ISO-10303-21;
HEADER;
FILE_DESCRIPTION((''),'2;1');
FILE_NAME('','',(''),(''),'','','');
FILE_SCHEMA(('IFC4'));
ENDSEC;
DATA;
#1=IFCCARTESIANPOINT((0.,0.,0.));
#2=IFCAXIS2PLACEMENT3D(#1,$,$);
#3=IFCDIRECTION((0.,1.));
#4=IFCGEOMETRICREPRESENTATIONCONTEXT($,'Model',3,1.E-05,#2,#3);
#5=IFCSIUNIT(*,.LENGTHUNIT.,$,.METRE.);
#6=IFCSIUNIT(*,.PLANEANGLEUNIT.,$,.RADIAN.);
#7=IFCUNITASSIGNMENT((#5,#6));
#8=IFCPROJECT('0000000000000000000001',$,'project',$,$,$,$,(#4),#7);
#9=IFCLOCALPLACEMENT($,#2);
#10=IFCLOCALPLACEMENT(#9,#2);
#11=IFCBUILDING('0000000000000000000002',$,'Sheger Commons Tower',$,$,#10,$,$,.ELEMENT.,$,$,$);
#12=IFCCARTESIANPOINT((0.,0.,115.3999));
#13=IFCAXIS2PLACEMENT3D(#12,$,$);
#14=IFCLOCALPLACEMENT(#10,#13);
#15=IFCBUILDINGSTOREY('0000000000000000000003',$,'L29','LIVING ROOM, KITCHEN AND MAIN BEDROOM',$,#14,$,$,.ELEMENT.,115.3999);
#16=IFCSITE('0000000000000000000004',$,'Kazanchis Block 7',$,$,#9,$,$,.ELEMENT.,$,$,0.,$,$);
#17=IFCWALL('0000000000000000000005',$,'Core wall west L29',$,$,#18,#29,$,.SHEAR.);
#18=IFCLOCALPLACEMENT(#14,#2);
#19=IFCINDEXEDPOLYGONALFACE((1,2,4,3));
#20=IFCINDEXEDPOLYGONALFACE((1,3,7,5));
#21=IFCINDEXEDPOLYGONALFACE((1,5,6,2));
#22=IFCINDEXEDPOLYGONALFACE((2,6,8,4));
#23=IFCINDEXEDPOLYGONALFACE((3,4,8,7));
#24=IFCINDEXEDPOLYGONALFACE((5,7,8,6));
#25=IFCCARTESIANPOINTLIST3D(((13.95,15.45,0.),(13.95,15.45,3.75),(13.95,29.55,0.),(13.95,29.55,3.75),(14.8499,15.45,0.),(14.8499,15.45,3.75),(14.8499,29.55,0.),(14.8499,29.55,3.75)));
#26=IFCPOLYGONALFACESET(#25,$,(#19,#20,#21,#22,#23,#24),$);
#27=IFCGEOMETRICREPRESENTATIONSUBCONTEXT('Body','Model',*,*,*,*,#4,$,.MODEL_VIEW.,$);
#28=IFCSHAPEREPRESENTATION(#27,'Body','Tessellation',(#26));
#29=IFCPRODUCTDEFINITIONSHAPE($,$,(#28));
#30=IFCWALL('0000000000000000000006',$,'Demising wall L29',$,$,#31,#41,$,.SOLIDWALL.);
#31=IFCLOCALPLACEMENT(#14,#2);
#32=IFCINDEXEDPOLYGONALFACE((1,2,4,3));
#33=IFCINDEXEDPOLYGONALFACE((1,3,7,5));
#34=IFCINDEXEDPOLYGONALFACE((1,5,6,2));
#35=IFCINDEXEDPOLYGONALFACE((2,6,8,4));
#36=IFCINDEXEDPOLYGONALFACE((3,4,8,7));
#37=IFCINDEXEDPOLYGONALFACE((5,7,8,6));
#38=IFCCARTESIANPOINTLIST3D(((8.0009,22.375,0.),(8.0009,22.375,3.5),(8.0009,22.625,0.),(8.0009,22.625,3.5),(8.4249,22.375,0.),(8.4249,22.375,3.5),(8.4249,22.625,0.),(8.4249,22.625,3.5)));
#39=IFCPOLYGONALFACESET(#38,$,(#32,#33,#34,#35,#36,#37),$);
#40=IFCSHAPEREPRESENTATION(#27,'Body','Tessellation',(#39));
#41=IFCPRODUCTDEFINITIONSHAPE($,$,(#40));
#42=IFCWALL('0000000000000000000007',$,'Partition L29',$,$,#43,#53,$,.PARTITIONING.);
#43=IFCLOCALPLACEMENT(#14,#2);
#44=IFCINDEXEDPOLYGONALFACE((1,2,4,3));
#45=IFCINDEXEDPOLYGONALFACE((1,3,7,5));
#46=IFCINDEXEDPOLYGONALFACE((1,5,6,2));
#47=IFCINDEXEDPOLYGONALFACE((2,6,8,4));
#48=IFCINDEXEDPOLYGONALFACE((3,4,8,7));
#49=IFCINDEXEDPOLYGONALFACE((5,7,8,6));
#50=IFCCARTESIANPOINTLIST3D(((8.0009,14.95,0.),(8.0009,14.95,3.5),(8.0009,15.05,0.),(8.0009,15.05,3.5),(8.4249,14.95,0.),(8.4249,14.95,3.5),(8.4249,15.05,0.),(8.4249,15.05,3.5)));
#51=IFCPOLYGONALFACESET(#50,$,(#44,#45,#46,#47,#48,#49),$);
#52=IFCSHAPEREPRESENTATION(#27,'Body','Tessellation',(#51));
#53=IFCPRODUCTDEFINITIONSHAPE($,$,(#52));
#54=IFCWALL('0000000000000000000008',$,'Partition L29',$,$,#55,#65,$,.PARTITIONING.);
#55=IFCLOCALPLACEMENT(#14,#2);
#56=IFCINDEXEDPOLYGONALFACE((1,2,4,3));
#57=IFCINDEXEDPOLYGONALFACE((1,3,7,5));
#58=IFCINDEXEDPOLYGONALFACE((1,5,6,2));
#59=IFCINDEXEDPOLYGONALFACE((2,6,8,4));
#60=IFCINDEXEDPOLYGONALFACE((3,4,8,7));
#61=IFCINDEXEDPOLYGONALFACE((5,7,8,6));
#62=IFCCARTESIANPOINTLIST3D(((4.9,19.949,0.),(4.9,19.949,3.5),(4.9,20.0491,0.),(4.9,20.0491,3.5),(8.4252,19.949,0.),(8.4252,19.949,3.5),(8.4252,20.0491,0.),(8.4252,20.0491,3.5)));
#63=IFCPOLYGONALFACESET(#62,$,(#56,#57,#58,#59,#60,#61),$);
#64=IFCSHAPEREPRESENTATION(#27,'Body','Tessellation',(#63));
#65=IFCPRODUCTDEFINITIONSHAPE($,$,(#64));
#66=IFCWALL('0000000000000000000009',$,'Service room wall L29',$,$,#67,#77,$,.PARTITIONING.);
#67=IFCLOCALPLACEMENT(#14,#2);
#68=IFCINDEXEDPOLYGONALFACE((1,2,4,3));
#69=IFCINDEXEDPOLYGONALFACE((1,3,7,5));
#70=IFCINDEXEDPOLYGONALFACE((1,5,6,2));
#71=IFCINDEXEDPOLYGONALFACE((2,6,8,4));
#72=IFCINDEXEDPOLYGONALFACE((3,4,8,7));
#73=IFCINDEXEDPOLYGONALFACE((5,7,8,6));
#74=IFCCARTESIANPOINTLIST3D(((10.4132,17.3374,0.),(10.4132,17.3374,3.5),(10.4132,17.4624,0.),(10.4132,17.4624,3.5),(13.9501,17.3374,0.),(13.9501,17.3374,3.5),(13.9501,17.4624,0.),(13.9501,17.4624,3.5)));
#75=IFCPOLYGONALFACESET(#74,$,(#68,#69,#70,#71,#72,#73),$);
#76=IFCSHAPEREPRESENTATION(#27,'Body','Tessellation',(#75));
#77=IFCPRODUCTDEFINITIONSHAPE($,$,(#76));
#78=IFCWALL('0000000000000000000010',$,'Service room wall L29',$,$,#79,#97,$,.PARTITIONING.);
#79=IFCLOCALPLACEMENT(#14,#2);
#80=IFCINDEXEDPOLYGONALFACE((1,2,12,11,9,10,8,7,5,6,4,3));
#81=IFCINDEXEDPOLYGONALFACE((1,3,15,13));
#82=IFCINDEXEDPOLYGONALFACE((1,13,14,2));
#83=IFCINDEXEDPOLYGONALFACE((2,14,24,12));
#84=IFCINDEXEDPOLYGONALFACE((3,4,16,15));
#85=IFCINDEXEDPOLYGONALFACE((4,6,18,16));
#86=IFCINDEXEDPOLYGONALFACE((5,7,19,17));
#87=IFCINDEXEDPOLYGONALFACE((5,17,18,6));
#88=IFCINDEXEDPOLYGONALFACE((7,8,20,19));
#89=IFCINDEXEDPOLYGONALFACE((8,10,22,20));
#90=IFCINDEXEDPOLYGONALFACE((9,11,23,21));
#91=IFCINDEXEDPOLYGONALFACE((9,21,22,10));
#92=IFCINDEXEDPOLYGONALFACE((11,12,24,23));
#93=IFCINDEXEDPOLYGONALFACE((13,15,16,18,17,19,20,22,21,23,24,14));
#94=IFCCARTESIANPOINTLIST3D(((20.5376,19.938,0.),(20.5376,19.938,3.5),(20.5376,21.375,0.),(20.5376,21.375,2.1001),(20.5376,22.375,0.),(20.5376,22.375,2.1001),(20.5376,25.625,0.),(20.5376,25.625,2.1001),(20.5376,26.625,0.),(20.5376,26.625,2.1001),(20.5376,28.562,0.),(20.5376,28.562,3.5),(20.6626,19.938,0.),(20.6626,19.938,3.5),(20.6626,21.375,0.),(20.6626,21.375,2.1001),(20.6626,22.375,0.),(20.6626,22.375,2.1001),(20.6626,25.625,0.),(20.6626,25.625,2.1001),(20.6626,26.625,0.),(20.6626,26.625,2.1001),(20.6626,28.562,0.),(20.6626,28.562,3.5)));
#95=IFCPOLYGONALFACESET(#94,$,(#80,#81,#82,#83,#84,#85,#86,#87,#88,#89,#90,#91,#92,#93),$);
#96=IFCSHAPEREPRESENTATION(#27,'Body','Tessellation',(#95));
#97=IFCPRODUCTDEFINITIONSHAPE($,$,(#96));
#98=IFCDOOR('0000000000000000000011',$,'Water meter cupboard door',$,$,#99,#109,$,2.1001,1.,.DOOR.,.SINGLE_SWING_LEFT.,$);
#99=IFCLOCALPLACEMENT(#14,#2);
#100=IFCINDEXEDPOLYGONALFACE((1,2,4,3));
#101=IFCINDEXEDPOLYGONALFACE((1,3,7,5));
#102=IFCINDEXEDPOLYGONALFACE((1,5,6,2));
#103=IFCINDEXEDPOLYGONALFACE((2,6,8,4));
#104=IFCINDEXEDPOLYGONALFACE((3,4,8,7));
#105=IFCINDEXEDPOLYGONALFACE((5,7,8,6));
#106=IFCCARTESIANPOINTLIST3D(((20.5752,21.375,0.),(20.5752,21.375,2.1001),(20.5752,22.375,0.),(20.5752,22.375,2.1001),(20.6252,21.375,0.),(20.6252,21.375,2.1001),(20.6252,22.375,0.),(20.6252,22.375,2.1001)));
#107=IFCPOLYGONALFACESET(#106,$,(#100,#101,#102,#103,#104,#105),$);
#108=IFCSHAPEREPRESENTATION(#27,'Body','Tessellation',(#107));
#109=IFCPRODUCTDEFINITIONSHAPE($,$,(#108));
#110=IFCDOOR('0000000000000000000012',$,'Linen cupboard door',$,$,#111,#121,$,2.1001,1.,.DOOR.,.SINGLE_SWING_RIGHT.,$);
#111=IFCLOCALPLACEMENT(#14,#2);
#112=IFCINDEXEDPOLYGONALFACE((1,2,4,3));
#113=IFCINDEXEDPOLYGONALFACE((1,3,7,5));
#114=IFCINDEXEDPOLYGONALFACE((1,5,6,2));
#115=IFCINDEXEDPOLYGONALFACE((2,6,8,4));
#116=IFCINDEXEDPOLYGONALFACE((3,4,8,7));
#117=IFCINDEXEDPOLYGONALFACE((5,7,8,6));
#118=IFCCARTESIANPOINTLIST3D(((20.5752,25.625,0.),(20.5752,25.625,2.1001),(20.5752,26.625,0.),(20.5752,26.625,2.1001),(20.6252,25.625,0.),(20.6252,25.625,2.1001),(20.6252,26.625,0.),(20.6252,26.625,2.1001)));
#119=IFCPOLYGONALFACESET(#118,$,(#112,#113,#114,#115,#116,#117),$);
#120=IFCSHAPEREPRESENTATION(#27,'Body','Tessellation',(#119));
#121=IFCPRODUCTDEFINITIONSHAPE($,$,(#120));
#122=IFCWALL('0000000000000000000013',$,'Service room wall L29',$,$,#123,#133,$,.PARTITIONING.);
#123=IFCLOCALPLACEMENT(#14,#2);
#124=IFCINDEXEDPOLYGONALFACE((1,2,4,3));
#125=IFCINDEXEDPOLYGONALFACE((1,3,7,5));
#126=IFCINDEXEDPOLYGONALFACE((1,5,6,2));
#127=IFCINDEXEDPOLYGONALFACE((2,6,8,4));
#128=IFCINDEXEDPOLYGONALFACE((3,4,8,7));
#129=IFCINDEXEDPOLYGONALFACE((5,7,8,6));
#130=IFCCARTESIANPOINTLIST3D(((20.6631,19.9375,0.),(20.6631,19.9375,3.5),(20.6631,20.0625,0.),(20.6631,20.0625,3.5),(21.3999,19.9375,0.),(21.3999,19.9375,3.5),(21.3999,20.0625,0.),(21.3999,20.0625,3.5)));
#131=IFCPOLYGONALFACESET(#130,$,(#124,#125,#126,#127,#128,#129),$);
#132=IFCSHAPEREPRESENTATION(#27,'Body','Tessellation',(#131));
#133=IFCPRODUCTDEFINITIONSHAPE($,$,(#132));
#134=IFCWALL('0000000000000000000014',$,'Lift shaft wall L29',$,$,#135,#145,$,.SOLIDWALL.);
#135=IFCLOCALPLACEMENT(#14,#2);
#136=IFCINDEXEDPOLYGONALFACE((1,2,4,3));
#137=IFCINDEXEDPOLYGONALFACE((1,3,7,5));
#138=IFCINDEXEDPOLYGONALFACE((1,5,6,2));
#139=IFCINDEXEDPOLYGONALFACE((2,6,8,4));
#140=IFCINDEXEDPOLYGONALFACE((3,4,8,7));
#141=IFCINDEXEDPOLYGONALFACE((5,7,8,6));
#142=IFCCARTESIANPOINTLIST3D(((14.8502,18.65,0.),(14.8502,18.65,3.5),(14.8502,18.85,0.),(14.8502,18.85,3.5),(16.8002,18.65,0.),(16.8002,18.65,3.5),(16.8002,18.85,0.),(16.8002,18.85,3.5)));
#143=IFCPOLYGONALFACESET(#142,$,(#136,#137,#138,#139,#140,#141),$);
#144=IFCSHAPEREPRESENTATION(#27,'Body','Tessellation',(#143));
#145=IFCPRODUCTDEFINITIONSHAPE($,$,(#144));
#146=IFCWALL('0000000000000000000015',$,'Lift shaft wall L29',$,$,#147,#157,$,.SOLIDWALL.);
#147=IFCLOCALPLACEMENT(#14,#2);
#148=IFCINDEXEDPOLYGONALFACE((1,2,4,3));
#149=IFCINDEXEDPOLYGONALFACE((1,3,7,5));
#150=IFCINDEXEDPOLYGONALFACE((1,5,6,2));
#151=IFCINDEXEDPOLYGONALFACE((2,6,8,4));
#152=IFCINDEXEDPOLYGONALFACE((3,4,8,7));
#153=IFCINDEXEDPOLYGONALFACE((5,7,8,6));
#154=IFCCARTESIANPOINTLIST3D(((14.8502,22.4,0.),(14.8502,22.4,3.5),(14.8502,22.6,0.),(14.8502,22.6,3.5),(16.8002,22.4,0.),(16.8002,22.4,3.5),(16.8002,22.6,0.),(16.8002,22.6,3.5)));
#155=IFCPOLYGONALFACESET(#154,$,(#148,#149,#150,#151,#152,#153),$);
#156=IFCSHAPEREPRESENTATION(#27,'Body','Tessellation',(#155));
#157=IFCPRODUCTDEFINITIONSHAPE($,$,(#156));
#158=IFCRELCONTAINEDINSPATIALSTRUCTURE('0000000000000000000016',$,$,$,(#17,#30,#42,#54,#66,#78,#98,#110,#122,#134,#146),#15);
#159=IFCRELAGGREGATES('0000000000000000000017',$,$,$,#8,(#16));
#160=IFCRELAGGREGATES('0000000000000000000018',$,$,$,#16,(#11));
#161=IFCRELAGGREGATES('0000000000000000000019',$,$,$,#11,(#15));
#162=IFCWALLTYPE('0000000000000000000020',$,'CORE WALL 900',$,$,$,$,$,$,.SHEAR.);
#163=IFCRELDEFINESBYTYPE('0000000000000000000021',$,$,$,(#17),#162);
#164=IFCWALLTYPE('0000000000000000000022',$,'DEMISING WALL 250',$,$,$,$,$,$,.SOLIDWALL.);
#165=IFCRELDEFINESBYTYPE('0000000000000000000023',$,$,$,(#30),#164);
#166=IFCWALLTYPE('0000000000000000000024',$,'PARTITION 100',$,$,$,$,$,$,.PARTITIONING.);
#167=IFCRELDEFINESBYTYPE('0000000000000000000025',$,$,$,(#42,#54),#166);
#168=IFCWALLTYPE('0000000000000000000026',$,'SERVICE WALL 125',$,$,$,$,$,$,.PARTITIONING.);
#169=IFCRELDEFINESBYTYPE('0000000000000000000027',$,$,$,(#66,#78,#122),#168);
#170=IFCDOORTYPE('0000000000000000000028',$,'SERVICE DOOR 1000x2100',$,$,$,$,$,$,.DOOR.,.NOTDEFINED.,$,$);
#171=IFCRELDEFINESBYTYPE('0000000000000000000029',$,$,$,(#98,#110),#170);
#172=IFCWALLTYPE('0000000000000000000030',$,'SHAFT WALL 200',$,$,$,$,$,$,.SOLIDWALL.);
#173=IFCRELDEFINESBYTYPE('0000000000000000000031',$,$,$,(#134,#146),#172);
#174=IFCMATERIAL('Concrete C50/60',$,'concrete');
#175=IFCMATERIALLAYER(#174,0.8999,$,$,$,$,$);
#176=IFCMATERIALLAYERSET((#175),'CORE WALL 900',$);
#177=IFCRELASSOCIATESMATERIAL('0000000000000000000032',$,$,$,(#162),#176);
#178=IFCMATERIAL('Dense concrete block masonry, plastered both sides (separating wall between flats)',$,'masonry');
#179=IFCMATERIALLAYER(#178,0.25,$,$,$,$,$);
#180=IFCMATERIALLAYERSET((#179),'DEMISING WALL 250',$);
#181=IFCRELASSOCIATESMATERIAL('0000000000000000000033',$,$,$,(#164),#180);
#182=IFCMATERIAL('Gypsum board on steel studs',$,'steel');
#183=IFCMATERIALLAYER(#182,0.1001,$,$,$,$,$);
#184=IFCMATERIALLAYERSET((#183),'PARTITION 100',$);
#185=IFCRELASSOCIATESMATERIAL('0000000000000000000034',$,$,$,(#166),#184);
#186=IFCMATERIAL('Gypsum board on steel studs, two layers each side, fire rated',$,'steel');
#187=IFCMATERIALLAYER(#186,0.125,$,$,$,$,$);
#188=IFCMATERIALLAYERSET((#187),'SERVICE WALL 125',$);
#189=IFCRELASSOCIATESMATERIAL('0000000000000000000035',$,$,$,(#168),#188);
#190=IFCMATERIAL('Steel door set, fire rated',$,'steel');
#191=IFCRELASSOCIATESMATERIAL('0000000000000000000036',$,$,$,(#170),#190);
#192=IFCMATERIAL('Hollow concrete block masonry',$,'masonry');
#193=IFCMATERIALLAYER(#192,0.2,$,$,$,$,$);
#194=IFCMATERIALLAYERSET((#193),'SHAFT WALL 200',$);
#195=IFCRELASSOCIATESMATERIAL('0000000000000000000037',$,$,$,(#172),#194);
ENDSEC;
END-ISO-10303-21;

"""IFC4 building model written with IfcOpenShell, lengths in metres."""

from ifc_helpers import new_model, si_unit, direction, frame, frame_2d, origin, place, context, subcontext, project, spatial, rectangle, extrude, material, layer, layer_set, type_object, element, fill, save


model = new_model("IFC4")

# Units and contexts
model_context = context("Model", 3, precision=1e-05, world=origin(), true_north=direction((0.0, 1.0)))
body_context = subcontext(model_context, "Body", "Model", "MODEL_VIEW")
ifc_project = project(units=[si_unit("LENGTHUNIT", "METRE"), si_unit("PLANEANGLEUNIT", "RADIAN")], contexts=[model_context])

# Site, building, storey
site_placement = place(None, origin())
site = spatial("IfcSite", under=ifc_project, at=site_placement, Name="Kazanchis Block 7", CompositionType="ELEMENT", RefElevation=0.0)
building_placement = place(site_placement, origin())
building = spatial("IfcBuilding", under=site, at=building_placement, Name="Sheger Commons Tower", CompositionType="ELEMENT")
storey_placement = place(building_placement, frame((0.0, 0.0, 115.3999)))
storey = spatial("IfcBuildingStorey", under=building, at=storey_placement, Name="L29", Description="LIVING ROOM, KITCHEN AND MAIN BEDROOM", CompositionType="ELEMENT", Elevation=115.3999)

# Shared definitions
ifc_material_1 = material(Name="Concrete C50/60", Category="concrete")
ifc_layer_1 = layer(ifc_material_1, 0.8999)
ifc_layer_set_1 = layer_set([ifc_layer_1], Name="CORE WALL 900")
wall_type_1 = type_object("IfcWallType", Name="CORE WALL 900", PredefinedType="SHEAR", material=ifc_layer_set_1)

# Walls
wall_1_placement = place(storey_placement, frame((14.3999, 15.45, 0.0), z_axis=(0.0, 0.0, 1.0), x_axis=(0.0, 1.0, 0.0)))
element("IfcWall", 1, at=wall_1_placement, inside=storey, type_object=wall_type_1, Name="Core wall west L29", PredefinedType="SHEAR", context=body_context, shape_type="SweptSolid", body=[
    extrude(rectangle(XDim=14.1001, YDim=0.8999, at=frame_2d((7.05, 0.0))), origin(), (0.0, 0.0, 1.0), 3.75),
])
ifc_material_2 = material(Name="Dense concrete block masonry, plastered both sides (separating wall between flats)", Category="masonry")
ifc_layer_2 = layer(ifc_material_2, 0.25)
ifc_layer_set_2 = layer_set([ifc_layer_2], Name="DEMISING WALL 250")
wall_type_2 = type_object("IfcWallType", Name="DEMISING WALL 250", PredefinedType="SOLIDWALL", material=ifc_layer_set_2)
wall_2_placement = place(storey_placement, frame((8.001, 22.5, 0.0), z_axis=(0.0, 0.0, 1.0), x_axis=(1.0, 0.0, 0.0)))
element("IfcWall", 2, at=wall_2_placement, inside=storey, type_object=wall_type_2, Name="Demising wall L29", PredefinedType="SOLIDWALL", context=body_context, shape_type="SweptSolid", body=[
    extrude(rectangle(XDim=0.4241, YDim=0.25, at=frame_2d((0.2119, 0.0))), origin(), (0.0, 0.0, 1.0), 3.5),
])
ifc_material_3 = material(Name="Gypsum board on steel studs", Category="steel")
ifc_layer_3 = layer(ifc_material_3, 0.1001)
ifc_layer_set_3 = layer_set([ifc_layer_3], Name="PARTITION 100")
wall_type_3 = type_object("IfcWallType", Name="PARTITION 100", PredefinedType="PARTITIONING", material=ifc_layer_set_3)
wall_3_placement = place(storey_placement, frame((8.001, 15.0, 0.0), z_axis=(0.0, 0.0, 1.0), x_axis=(1.0, 0.0, 0.0)))
element("IfcWall", 3, at=wall_3_placement, inside=storey, type_object=wall_type_3, Name="Partition L29", PredefinedType="PARTITIONING", context=body_context, shape_type="SweptSolid", body=[
    extrude(rectangle(XDim=0.4241, YDim=0.1001, at=frame_2d((0.2119, 0.0))), origin(), (0.0, 0.0, 1.0), 3.5),
])
wall_4_placement = place(storey_placement, frame((4.8999, 19.999, 0.0), z_axis=(0.0, 0.0, 1.0), x_axis=(1.0, 0.0, 0.0)))
element("IfcWall", 4, at=wall_4_placement, inside=storey, type_object=wall_type_3, Name="Partition L29", PredefinedType="PARTITIONING", context=body_context, shape_type="SweptSolid", body=[
    extrude(rectangle(XDim=3.5251, YDim=0.1001, at=frame_2d((1.7627, 0.0))), origin(), (0.0, 0.0, 1.0), 3.5),
])
ifc_material_4 = material(Name="Gypsum board on steel studs, two layers each side, fire rated", Category="steel")
ifc_layer_4 = layer(ifc_material_4, 0.125)
ifc_layer_set_4 = layer_set([ifc_layer_4], Name="SERVICE WALL 125")
wall_type_4 = type_object("IfcWallType", Name="SERVICE WALL 125", PredefinedType="PARTITIONING", material=ifc_layer_set_4)
wall_5_placement = place(storey_placement, frame((10.4131, 17.3999, 0.0), z_axis=(0.0, 0.0, 1.0), x_axis=(1.0, 0.0, 0.0)))
element("IfcWall", 5, at=wall_5_placement, inside=storey, type_object=wall_type_4, Name="Service room wall L29", PredefinedType="PARTITIONING", context=body_context, shape_type="SweptSolid", body=[
    extrude(rectangle(XDim=3.5369, YDim=0.125, at=frame_2d((1.7686, 0.0))), origin(), (0.0, 0.0, 1.0), 3.5),
])

# Wall, openings, doors
wall_6_placement = place(storey_placement, frame((20.6001, 19.938, 0.0), z_axis=(0.0, 0.0, 1.0), x_axis=(0.0, 1.0, 0.0)))
wall_6 = element("IfcWall", 6, at=wall_6_placement, inside=storey, type_object=wall_type_4, Name="Service room wall L29", PredefinedType="PARTITIONING", context=body_context, shape_type="SweptSolid", body=[
    extrude(rectangle(XDim=8.624, YDim=0.125, at=frame_2d((4.312, 0.0))), origin(), (0.0, 0.0, 1.0), 3.5),
])
opening_1_placement = place(wall_6_placement, frame((1.437, 0.0, 0.0)))
opening_1 = element("IfcOpeningElement", 7, at=opening_1_placement, cuts=wall_6, PredefinedType="OPENING", context=body_context, shape_type="SweptSolid", body=[
    extrude(rectangle(XDim=1.0, YDim=2.1001, at=frame_2d((0.5, 1.05))), frame((0.0, 0.0725, 0.0), z_axis=(0.0, -1.0, 0.0), x_axis=(1.0, 0.0, 0.0)), (0.0, 0.0, 1.0), 0.145),
])
opening_2_placement = place(wall_6_placement, frame((5.687, 0.0, 0.0)))
opening_2 = element("IfcOpeningElement", 8, at=opening_2_placement, cuts=wall_6, PredefinedType="OPENING", context=body_context, shape_type="SweptSolid", body=[
    extrude(rectangle(XDim=1.0, YDim=2.1001, at=frame_2d((0.5, 1.05))), frame((0.0, 0.0725, 0.0), z_axis=(0.0, -1.0, 0.0), x_axis=(1.0, 0.0, 0.0)), (0.0, 0.0, 1.0), 0.145),
])
ifc_material_5 = material(Name="Steel door set, fire rated", Category="steel")
door_type_1 = type_object("IfcDoorType", Name="SERVICE DOOR 1000x2100", OperationType="NOTDEFINED", PredefinedType="DOOR", material=ifc_material_5)
door_1_placement = place(opening_1_placement, origin())
door_1 = element("IfcDoor", 9, at=door_1_placement, inside=storey, type_object=door_type_1, Name="Water meter cupboard door", OperationType="SINGLE_SWING_LEFT", OverallHeight=2.1001, OverallWidth=1.0, PredefinedType="DOOR", context=body_context, shape_type="SweptSolid", body=[
    extrude(rectangle(XDim=1.0, YDim=2.1001, at=frame_2d((0.5, 1.05))), frame((0.0, 0.0249, 0.0), z_axis=(0.0, -1.0, 0.0), x_axis=(1.0, 0.0, 0.0)), (0.0, 0.0, 1.0), 0.05),
])
fill(opening_1, door_1)
door_2_placement = place(opening_2_placement, origin())
door_2 = element("IfcDoor", 10, at=door_2_placement, inside=storey, type_object=door_type_1, Name="Linen cupboard door", OperationType="SINGLE_SWING_RIGHT", OverallHeight=2.1001, OverallWidth=1.0, PredefinedType="DOOR", context=body_context, shape_type="SweptSolid", body=[
    extrude(rectangle(XDim=1.0, YDim=2.1001, at=frame_2d((0.5, 1.05))), frame((0.0, 0.0249, 0.0), z_axis=(0.0, -1.0, 0.0), x_axis=(1.0, 0.0, 0.0)), (0.0, 0.0, 1.0), 0.05),
])
fill(opening_2, door_2)

# Walls
wall_7_placement = place(storey_placement, frame((20.6631, 20.0, 0.0), z_axis=(0.0, 0.0, 1.0), x_axis=(1.0, 0.0, 0.0)))
element("IfcWall", 11, at=wall_7_placement, inside=storey, type_object=wall_type_4, Name="Service room wall L29", PredefinedType="PARTITIONING", context=body_context, shape_type="SweptSolid", body=[
    extrude(rectangle(XDim=0.7368, YDim=0.125, at=frame_2d((0.3684, 0.0))), origin(), (0.0, 0.0, 1.0), 3.5),
])
ifc_material_6 = material(Name="Hollow concrete block masonry", Category="masonry")
ifc_layer_5 = layer(ifc_material_6, 0.2)
ifc_layer_set_5 = layer_set([ifc_layer_5], Name="SHAFT WALL 200")
wall_type_5 = type_object("IfcWallType", Name="SHAFT WALL 200", PredefinedType="SOLIDWALL", material=ifc_layer_set_5)
for number, where, z_axis, x_axis, name in (
    (12, (14.8501, 18.75, 0.0), (0.0, 0.0, 1.0), (1.0, 0.0, 0.0), "Lift shaft wall L29"),
    (13, (14.8501, 22.5, 0.0), (0.0, 0.0, 1.0), (1.0, 0.0, 0.0), "Lift shaft wall L29"),
):
    element("IfcWall", number, at=place(storey_placement, frame(where, z_axis=z_axis, x_axis=x_axis)), inside=storey, type_object=wall_type_5, Name=name, PredefinedType="SOLIDWALL", context=body_context, shape_type="SweptSolid", body=[
        extrude(rectangle(XDim=1.95, YDim=0.2, at=frame_2d((0.9751, 0.0))), origin(), (0.0, 0.0, 1.0), 3.5),
    ])

save(model, "model.ifc")
